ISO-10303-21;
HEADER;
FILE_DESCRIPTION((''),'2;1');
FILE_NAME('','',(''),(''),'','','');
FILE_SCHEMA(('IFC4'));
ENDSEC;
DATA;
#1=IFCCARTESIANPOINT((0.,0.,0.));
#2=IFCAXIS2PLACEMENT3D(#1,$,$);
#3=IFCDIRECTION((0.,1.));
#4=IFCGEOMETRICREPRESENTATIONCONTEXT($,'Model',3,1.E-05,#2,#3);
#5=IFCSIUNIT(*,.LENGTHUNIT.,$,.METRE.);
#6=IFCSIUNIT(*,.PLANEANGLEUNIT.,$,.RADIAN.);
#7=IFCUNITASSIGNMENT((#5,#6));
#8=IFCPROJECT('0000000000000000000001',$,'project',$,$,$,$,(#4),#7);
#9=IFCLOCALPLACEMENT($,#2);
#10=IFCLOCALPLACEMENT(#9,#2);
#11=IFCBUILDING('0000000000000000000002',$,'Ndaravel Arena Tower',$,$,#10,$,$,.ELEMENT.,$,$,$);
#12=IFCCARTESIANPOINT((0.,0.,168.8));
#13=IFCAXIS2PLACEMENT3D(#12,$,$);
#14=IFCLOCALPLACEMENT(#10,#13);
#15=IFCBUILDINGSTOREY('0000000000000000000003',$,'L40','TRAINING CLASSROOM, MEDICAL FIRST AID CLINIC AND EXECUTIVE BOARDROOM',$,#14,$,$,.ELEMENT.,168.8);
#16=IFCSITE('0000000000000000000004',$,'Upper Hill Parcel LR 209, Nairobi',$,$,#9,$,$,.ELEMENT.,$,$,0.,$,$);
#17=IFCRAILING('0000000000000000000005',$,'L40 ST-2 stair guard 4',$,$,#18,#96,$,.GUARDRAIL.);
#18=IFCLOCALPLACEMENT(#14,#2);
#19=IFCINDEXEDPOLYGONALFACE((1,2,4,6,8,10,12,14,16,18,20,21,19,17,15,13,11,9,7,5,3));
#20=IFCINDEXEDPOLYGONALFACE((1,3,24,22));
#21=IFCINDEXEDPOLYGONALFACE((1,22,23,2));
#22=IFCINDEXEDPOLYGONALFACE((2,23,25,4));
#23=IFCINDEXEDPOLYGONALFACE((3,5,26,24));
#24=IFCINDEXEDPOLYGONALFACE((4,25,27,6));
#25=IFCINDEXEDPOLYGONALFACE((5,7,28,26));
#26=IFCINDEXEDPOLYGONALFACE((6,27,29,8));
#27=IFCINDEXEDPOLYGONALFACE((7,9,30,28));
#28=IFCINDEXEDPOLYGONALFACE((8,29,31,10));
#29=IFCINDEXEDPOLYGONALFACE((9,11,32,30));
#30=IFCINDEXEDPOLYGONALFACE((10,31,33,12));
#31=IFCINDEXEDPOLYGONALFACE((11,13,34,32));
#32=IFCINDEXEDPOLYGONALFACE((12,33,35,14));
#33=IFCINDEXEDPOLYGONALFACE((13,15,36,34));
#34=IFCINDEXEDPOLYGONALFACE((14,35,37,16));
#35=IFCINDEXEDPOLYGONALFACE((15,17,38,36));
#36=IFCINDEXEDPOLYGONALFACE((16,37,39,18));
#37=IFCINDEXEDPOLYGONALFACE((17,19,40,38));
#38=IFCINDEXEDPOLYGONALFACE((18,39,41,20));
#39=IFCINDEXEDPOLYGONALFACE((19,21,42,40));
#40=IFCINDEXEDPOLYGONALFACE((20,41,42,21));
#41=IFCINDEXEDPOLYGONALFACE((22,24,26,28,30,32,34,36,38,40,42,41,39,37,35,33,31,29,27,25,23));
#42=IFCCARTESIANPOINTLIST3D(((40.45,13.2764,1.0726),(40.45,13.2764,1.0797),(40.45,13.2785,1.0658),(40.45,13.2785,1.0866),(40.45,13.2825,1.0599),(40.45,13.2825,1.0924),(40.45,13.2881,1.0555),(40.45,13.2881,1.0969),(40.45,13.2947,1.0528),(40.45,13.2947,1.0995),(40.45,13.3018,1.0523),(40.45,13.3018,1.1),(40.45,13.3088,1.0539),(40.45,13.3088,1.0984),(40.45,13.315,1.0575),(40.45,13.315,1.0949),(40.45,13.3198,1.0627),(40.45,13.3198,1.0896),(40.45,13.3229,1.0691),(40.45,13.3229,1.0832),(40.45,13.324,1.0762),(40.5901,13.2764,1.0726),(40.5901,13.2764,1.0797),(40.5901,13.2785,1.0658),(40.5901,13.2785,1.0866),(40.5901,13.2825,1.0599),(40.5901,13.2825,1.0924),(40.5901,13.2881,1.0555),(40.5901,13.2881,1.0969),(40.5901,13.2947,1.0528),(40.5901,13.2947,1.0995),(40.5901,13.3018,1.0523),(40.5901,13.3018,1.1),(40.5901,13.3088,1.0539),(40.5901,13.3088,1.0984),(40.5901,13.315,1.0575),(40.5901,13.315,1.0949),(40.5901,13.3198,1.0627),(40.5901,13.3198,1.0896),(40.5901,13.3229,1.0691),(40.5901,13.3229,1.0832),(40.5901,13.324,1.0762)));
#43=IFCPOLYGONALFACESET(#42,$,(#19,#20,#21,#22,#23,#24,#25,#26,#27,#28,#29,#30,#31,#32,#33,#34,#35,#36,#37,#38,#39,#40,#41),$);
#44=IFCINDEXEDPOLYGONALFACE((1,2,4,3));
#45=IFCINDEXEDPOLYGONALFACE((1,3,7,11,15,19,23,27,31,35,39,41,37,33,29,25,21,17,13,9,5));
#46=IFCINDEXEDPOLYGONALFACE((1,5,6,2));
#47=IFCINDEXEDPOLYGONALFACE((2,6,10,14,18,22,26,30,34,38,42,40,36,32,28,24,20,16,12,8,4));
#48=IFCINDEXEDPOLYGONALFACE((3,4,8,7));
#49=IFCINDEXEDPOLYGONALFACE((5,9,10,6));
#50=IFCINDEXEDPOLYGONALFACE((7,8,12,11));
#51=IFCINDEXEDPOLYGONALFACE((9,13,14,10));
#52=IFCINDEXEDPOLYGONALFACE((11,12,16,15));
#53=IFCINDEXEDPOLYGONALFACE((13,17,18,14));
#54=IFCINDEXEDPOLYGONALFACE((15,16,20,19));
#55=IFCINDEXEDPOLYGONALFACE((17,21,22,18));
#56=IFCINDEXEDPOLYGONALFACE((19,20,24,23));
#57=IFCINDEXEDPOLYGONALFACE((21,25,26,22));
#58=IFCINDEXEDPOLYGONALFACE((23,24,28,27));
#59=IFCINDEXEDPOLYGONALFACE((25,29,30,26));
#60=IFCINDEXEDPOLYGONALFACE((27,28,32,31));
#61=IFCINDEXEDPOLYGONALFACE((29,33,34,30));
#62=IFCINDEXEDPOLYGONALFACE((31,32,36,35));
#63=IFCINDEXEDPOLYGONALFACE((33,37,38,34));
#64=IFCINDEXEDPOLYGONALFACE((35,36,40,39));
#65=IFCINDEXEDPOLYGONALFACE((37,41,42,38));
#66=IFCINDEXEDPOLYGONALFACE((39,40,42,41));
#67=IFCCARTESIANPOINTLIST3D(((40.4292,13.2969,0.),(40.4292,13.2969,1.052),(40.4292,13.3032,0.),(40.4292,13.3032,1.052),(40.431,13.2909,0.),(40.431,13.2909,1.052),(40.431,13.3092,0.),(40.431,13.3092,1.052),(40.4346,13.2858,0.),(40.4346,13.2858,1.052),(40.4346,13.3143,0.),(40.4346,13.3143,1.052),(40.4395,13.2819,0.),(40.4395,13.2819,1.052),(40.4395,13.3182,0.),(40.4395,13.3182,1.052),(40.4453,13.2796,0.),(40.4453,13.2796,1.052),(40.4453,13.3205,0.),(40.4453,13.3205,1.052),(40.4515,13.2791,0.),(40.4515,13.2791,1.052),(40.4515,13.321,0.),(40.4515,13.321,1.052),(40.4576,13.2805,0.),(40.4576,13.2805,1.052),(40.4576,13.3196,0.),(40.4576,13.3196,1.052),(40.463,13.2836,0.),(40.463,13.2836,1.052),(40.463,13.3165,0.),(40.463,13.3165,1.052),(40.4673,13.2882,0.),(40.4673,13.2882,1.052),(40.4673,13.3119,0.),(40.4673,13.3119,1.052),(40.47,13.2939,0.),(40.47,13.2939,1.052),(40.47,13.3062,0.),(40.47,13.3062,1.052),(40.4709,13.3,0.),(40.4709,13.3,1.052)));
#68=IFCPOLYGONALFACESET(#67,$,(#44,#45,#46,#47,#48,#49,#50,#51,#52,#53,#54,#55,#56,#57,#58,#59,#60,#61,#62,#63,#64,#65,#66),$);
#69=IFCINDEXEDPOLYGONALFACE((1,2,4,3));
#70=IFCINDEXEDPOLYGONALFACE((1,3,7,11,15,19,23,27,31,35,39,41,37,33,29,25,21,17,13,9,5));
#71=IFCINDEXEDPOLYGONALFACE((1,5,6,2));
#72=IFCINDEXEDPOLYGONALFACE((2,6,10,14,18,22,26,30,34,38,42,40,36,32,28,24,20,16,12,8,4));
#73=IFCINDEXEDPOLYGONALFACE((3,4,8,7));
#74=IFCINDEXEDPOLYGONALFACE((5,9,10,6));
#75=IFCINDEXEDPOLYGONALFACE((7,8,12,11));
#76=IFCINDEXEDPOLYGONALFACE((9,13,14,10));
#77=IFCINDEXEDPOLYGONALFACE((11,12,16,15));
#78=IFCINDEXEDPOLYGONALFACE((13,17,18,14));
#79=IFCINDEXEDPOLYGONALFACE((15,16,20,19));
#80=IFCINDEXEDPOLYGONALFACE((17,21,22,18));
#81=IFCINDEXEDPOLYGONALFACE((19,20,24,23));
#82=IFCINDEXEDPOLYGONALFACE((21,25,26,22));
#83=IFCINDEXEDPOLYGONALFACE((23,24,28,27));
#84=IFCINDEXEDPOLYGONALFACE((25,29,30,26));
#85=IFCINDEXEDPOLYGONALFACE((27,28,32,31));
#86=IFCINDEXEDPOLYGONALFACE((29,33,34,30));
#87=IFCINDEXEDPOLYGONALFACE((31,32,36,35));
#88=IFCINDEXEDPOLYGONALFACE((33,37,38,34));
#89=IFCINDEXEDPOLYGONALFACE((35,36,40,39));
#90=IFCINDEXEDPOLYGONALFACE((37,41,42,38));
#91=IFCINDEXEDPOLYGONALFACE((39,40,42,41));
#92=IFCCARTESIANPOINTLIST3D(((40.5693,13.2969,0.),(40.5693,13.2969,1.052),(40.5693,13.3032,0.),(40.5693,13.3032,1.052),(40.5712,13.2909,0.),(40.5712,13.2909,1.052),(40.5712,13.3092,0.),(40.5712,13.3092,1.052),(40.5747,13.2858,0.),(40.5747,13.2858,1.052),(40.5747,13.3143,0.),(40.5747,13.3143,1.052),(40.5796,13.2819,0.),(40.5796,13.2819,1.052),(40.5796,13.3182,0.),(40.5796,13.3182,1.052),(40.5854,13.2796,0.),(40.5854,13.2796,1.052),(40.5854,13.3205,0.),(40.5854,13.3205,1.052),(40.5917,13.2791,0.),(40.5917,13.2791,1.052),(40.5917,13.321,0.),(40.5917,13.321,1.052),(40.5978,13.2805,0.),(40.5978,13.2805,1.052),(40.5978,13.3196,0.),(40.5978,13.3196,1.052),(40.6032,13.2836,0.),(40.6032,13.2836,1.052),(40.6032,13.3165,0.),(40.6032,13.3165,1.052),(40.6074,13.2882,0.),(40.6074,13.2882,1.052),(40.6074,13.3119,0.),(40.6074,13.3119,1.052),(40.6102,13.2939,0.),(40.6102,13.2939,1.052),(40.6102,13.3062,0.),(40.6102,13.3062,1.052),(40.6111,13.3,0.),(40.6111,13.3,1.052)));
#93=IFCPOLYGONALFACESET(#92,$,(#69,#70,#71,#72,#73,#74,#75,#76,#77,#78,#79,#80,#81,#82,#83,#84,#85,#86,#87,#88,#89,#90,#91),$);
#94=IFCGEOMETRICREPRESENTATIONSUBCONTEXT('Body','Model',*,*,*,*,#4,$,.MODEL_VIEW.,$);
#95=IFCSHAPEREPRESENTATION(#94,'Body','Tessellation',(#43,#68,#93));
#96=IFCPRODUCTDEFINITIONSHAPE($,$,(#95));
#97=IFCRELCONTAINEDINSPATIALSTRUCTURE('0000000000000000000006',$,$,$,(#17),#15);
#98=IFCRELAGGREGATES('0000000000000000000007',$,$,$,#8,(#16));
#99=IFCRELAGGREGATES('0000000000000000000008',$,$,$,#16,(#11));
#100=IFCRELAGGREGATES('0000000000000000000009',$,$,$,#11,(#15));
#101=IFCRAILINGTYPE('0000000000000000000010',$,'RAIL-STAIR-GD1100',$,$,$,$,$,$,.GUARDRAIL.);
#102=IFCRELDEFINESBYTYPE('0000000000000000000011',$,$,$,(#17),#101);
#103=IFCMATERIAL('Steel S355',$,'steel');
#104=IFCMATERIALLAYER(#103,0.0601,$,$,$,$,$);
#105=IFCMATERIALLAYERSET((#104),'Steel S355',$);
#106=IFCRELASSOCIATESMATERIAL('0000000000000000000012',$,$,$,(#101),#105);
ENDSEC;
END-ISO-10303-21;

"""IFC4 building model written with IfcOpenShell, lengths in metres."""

from ifc_helpers import new_model, si_unit, direction, frame, origin, origin_2d, place, context, subcontext, project, spatial, circle, extrude, material, layer, layer_set, type_object, element, save


model = new_model("IFC4")

# Units and contexts
model_context = context("Model", 3, precision=1e-05, world=origin(), true_north=direction((0.0, 1.0)))
body_context = subcontext(model_context, "Body", "Model", "MODEL_VIEW")
ifc_project = project(units=[si_unit("LENGTHUNIT", "METRE"), si_unit("PLANEANGLEUNIT", "RADIAN")], contexts=[model_context])

# Site, building, storey
site_placement = place(None, origin())
site = spatial("IfcSite", under=ifc_project, at=site_placement, Name="Upper Hill Parcel LR 209, Nairobi", CompositionType="ELEMENT", RefElevation=0.0)
building_placement = place(site_placement, origin())
building = spatial("IfcBuilding", under=site, at=building_placement, Name="Ndaravel Arena Tower", CompositionType="ELEMENT")
storey_placement = place(building_placement, frame((0.0, 0.0, 168.8)))
storey = spatial("IfcBuildingStorey", under=building, at=storey_placement, Name="L40", Description="TRAINING CLASSROOM, MEDICAL FIRST AID CLINIC AND EXECUTIVE BOARDROOM", CompositionType="ELEMENT", Elevation=168.8)

# Railing
ifc_material_1 = material(Name="Steel S355", Category="steel")
ifc_layer_1 = layer(ifc_material_1, 0.0601)
ifc_layer_set_1 = layer_set([ifc_layer_1], Name="Steel S355")
railing_type_1 = type_object("IfcRailingType", Name="RAIL-STAIR-GD1100", PredefinedType="GUARDRAIL", material=ifc_layer_set_1)
railing_1_placement = place(storey_placement, frame((40.45, 13.3, 0.0)))
element("IfcRailing", 1, at=railing_1_placement, inside=storey, type_object=railing_type_1, Name="L40 ST-2 stair guard 4", PredefinedType="GUARDRAIL", context=body_context, shape_type="SweptSolid", body=[
    extrude(circle(Radius=0.0239, at=origin_2d()), frame((0.0, 0.0, 1.0762), z_axis=(1.0, 0.0, 0.0), x_axis=(0.0, 1.0, 0.0)), (0.0, 0.0, 1.0), 0.1401),
    extrude(circle(Radius=0.021, at=origin_2d()), origin(), (0.0, 0.0, 1.0), 1.052),
    extrude(circle(Radius=0.021, at=origin_2d()), frame((0.1401, 0.0, 0.0)), (0.0, 0.0, 1.0), 1.052),
])

save(model, "model.ifc")
